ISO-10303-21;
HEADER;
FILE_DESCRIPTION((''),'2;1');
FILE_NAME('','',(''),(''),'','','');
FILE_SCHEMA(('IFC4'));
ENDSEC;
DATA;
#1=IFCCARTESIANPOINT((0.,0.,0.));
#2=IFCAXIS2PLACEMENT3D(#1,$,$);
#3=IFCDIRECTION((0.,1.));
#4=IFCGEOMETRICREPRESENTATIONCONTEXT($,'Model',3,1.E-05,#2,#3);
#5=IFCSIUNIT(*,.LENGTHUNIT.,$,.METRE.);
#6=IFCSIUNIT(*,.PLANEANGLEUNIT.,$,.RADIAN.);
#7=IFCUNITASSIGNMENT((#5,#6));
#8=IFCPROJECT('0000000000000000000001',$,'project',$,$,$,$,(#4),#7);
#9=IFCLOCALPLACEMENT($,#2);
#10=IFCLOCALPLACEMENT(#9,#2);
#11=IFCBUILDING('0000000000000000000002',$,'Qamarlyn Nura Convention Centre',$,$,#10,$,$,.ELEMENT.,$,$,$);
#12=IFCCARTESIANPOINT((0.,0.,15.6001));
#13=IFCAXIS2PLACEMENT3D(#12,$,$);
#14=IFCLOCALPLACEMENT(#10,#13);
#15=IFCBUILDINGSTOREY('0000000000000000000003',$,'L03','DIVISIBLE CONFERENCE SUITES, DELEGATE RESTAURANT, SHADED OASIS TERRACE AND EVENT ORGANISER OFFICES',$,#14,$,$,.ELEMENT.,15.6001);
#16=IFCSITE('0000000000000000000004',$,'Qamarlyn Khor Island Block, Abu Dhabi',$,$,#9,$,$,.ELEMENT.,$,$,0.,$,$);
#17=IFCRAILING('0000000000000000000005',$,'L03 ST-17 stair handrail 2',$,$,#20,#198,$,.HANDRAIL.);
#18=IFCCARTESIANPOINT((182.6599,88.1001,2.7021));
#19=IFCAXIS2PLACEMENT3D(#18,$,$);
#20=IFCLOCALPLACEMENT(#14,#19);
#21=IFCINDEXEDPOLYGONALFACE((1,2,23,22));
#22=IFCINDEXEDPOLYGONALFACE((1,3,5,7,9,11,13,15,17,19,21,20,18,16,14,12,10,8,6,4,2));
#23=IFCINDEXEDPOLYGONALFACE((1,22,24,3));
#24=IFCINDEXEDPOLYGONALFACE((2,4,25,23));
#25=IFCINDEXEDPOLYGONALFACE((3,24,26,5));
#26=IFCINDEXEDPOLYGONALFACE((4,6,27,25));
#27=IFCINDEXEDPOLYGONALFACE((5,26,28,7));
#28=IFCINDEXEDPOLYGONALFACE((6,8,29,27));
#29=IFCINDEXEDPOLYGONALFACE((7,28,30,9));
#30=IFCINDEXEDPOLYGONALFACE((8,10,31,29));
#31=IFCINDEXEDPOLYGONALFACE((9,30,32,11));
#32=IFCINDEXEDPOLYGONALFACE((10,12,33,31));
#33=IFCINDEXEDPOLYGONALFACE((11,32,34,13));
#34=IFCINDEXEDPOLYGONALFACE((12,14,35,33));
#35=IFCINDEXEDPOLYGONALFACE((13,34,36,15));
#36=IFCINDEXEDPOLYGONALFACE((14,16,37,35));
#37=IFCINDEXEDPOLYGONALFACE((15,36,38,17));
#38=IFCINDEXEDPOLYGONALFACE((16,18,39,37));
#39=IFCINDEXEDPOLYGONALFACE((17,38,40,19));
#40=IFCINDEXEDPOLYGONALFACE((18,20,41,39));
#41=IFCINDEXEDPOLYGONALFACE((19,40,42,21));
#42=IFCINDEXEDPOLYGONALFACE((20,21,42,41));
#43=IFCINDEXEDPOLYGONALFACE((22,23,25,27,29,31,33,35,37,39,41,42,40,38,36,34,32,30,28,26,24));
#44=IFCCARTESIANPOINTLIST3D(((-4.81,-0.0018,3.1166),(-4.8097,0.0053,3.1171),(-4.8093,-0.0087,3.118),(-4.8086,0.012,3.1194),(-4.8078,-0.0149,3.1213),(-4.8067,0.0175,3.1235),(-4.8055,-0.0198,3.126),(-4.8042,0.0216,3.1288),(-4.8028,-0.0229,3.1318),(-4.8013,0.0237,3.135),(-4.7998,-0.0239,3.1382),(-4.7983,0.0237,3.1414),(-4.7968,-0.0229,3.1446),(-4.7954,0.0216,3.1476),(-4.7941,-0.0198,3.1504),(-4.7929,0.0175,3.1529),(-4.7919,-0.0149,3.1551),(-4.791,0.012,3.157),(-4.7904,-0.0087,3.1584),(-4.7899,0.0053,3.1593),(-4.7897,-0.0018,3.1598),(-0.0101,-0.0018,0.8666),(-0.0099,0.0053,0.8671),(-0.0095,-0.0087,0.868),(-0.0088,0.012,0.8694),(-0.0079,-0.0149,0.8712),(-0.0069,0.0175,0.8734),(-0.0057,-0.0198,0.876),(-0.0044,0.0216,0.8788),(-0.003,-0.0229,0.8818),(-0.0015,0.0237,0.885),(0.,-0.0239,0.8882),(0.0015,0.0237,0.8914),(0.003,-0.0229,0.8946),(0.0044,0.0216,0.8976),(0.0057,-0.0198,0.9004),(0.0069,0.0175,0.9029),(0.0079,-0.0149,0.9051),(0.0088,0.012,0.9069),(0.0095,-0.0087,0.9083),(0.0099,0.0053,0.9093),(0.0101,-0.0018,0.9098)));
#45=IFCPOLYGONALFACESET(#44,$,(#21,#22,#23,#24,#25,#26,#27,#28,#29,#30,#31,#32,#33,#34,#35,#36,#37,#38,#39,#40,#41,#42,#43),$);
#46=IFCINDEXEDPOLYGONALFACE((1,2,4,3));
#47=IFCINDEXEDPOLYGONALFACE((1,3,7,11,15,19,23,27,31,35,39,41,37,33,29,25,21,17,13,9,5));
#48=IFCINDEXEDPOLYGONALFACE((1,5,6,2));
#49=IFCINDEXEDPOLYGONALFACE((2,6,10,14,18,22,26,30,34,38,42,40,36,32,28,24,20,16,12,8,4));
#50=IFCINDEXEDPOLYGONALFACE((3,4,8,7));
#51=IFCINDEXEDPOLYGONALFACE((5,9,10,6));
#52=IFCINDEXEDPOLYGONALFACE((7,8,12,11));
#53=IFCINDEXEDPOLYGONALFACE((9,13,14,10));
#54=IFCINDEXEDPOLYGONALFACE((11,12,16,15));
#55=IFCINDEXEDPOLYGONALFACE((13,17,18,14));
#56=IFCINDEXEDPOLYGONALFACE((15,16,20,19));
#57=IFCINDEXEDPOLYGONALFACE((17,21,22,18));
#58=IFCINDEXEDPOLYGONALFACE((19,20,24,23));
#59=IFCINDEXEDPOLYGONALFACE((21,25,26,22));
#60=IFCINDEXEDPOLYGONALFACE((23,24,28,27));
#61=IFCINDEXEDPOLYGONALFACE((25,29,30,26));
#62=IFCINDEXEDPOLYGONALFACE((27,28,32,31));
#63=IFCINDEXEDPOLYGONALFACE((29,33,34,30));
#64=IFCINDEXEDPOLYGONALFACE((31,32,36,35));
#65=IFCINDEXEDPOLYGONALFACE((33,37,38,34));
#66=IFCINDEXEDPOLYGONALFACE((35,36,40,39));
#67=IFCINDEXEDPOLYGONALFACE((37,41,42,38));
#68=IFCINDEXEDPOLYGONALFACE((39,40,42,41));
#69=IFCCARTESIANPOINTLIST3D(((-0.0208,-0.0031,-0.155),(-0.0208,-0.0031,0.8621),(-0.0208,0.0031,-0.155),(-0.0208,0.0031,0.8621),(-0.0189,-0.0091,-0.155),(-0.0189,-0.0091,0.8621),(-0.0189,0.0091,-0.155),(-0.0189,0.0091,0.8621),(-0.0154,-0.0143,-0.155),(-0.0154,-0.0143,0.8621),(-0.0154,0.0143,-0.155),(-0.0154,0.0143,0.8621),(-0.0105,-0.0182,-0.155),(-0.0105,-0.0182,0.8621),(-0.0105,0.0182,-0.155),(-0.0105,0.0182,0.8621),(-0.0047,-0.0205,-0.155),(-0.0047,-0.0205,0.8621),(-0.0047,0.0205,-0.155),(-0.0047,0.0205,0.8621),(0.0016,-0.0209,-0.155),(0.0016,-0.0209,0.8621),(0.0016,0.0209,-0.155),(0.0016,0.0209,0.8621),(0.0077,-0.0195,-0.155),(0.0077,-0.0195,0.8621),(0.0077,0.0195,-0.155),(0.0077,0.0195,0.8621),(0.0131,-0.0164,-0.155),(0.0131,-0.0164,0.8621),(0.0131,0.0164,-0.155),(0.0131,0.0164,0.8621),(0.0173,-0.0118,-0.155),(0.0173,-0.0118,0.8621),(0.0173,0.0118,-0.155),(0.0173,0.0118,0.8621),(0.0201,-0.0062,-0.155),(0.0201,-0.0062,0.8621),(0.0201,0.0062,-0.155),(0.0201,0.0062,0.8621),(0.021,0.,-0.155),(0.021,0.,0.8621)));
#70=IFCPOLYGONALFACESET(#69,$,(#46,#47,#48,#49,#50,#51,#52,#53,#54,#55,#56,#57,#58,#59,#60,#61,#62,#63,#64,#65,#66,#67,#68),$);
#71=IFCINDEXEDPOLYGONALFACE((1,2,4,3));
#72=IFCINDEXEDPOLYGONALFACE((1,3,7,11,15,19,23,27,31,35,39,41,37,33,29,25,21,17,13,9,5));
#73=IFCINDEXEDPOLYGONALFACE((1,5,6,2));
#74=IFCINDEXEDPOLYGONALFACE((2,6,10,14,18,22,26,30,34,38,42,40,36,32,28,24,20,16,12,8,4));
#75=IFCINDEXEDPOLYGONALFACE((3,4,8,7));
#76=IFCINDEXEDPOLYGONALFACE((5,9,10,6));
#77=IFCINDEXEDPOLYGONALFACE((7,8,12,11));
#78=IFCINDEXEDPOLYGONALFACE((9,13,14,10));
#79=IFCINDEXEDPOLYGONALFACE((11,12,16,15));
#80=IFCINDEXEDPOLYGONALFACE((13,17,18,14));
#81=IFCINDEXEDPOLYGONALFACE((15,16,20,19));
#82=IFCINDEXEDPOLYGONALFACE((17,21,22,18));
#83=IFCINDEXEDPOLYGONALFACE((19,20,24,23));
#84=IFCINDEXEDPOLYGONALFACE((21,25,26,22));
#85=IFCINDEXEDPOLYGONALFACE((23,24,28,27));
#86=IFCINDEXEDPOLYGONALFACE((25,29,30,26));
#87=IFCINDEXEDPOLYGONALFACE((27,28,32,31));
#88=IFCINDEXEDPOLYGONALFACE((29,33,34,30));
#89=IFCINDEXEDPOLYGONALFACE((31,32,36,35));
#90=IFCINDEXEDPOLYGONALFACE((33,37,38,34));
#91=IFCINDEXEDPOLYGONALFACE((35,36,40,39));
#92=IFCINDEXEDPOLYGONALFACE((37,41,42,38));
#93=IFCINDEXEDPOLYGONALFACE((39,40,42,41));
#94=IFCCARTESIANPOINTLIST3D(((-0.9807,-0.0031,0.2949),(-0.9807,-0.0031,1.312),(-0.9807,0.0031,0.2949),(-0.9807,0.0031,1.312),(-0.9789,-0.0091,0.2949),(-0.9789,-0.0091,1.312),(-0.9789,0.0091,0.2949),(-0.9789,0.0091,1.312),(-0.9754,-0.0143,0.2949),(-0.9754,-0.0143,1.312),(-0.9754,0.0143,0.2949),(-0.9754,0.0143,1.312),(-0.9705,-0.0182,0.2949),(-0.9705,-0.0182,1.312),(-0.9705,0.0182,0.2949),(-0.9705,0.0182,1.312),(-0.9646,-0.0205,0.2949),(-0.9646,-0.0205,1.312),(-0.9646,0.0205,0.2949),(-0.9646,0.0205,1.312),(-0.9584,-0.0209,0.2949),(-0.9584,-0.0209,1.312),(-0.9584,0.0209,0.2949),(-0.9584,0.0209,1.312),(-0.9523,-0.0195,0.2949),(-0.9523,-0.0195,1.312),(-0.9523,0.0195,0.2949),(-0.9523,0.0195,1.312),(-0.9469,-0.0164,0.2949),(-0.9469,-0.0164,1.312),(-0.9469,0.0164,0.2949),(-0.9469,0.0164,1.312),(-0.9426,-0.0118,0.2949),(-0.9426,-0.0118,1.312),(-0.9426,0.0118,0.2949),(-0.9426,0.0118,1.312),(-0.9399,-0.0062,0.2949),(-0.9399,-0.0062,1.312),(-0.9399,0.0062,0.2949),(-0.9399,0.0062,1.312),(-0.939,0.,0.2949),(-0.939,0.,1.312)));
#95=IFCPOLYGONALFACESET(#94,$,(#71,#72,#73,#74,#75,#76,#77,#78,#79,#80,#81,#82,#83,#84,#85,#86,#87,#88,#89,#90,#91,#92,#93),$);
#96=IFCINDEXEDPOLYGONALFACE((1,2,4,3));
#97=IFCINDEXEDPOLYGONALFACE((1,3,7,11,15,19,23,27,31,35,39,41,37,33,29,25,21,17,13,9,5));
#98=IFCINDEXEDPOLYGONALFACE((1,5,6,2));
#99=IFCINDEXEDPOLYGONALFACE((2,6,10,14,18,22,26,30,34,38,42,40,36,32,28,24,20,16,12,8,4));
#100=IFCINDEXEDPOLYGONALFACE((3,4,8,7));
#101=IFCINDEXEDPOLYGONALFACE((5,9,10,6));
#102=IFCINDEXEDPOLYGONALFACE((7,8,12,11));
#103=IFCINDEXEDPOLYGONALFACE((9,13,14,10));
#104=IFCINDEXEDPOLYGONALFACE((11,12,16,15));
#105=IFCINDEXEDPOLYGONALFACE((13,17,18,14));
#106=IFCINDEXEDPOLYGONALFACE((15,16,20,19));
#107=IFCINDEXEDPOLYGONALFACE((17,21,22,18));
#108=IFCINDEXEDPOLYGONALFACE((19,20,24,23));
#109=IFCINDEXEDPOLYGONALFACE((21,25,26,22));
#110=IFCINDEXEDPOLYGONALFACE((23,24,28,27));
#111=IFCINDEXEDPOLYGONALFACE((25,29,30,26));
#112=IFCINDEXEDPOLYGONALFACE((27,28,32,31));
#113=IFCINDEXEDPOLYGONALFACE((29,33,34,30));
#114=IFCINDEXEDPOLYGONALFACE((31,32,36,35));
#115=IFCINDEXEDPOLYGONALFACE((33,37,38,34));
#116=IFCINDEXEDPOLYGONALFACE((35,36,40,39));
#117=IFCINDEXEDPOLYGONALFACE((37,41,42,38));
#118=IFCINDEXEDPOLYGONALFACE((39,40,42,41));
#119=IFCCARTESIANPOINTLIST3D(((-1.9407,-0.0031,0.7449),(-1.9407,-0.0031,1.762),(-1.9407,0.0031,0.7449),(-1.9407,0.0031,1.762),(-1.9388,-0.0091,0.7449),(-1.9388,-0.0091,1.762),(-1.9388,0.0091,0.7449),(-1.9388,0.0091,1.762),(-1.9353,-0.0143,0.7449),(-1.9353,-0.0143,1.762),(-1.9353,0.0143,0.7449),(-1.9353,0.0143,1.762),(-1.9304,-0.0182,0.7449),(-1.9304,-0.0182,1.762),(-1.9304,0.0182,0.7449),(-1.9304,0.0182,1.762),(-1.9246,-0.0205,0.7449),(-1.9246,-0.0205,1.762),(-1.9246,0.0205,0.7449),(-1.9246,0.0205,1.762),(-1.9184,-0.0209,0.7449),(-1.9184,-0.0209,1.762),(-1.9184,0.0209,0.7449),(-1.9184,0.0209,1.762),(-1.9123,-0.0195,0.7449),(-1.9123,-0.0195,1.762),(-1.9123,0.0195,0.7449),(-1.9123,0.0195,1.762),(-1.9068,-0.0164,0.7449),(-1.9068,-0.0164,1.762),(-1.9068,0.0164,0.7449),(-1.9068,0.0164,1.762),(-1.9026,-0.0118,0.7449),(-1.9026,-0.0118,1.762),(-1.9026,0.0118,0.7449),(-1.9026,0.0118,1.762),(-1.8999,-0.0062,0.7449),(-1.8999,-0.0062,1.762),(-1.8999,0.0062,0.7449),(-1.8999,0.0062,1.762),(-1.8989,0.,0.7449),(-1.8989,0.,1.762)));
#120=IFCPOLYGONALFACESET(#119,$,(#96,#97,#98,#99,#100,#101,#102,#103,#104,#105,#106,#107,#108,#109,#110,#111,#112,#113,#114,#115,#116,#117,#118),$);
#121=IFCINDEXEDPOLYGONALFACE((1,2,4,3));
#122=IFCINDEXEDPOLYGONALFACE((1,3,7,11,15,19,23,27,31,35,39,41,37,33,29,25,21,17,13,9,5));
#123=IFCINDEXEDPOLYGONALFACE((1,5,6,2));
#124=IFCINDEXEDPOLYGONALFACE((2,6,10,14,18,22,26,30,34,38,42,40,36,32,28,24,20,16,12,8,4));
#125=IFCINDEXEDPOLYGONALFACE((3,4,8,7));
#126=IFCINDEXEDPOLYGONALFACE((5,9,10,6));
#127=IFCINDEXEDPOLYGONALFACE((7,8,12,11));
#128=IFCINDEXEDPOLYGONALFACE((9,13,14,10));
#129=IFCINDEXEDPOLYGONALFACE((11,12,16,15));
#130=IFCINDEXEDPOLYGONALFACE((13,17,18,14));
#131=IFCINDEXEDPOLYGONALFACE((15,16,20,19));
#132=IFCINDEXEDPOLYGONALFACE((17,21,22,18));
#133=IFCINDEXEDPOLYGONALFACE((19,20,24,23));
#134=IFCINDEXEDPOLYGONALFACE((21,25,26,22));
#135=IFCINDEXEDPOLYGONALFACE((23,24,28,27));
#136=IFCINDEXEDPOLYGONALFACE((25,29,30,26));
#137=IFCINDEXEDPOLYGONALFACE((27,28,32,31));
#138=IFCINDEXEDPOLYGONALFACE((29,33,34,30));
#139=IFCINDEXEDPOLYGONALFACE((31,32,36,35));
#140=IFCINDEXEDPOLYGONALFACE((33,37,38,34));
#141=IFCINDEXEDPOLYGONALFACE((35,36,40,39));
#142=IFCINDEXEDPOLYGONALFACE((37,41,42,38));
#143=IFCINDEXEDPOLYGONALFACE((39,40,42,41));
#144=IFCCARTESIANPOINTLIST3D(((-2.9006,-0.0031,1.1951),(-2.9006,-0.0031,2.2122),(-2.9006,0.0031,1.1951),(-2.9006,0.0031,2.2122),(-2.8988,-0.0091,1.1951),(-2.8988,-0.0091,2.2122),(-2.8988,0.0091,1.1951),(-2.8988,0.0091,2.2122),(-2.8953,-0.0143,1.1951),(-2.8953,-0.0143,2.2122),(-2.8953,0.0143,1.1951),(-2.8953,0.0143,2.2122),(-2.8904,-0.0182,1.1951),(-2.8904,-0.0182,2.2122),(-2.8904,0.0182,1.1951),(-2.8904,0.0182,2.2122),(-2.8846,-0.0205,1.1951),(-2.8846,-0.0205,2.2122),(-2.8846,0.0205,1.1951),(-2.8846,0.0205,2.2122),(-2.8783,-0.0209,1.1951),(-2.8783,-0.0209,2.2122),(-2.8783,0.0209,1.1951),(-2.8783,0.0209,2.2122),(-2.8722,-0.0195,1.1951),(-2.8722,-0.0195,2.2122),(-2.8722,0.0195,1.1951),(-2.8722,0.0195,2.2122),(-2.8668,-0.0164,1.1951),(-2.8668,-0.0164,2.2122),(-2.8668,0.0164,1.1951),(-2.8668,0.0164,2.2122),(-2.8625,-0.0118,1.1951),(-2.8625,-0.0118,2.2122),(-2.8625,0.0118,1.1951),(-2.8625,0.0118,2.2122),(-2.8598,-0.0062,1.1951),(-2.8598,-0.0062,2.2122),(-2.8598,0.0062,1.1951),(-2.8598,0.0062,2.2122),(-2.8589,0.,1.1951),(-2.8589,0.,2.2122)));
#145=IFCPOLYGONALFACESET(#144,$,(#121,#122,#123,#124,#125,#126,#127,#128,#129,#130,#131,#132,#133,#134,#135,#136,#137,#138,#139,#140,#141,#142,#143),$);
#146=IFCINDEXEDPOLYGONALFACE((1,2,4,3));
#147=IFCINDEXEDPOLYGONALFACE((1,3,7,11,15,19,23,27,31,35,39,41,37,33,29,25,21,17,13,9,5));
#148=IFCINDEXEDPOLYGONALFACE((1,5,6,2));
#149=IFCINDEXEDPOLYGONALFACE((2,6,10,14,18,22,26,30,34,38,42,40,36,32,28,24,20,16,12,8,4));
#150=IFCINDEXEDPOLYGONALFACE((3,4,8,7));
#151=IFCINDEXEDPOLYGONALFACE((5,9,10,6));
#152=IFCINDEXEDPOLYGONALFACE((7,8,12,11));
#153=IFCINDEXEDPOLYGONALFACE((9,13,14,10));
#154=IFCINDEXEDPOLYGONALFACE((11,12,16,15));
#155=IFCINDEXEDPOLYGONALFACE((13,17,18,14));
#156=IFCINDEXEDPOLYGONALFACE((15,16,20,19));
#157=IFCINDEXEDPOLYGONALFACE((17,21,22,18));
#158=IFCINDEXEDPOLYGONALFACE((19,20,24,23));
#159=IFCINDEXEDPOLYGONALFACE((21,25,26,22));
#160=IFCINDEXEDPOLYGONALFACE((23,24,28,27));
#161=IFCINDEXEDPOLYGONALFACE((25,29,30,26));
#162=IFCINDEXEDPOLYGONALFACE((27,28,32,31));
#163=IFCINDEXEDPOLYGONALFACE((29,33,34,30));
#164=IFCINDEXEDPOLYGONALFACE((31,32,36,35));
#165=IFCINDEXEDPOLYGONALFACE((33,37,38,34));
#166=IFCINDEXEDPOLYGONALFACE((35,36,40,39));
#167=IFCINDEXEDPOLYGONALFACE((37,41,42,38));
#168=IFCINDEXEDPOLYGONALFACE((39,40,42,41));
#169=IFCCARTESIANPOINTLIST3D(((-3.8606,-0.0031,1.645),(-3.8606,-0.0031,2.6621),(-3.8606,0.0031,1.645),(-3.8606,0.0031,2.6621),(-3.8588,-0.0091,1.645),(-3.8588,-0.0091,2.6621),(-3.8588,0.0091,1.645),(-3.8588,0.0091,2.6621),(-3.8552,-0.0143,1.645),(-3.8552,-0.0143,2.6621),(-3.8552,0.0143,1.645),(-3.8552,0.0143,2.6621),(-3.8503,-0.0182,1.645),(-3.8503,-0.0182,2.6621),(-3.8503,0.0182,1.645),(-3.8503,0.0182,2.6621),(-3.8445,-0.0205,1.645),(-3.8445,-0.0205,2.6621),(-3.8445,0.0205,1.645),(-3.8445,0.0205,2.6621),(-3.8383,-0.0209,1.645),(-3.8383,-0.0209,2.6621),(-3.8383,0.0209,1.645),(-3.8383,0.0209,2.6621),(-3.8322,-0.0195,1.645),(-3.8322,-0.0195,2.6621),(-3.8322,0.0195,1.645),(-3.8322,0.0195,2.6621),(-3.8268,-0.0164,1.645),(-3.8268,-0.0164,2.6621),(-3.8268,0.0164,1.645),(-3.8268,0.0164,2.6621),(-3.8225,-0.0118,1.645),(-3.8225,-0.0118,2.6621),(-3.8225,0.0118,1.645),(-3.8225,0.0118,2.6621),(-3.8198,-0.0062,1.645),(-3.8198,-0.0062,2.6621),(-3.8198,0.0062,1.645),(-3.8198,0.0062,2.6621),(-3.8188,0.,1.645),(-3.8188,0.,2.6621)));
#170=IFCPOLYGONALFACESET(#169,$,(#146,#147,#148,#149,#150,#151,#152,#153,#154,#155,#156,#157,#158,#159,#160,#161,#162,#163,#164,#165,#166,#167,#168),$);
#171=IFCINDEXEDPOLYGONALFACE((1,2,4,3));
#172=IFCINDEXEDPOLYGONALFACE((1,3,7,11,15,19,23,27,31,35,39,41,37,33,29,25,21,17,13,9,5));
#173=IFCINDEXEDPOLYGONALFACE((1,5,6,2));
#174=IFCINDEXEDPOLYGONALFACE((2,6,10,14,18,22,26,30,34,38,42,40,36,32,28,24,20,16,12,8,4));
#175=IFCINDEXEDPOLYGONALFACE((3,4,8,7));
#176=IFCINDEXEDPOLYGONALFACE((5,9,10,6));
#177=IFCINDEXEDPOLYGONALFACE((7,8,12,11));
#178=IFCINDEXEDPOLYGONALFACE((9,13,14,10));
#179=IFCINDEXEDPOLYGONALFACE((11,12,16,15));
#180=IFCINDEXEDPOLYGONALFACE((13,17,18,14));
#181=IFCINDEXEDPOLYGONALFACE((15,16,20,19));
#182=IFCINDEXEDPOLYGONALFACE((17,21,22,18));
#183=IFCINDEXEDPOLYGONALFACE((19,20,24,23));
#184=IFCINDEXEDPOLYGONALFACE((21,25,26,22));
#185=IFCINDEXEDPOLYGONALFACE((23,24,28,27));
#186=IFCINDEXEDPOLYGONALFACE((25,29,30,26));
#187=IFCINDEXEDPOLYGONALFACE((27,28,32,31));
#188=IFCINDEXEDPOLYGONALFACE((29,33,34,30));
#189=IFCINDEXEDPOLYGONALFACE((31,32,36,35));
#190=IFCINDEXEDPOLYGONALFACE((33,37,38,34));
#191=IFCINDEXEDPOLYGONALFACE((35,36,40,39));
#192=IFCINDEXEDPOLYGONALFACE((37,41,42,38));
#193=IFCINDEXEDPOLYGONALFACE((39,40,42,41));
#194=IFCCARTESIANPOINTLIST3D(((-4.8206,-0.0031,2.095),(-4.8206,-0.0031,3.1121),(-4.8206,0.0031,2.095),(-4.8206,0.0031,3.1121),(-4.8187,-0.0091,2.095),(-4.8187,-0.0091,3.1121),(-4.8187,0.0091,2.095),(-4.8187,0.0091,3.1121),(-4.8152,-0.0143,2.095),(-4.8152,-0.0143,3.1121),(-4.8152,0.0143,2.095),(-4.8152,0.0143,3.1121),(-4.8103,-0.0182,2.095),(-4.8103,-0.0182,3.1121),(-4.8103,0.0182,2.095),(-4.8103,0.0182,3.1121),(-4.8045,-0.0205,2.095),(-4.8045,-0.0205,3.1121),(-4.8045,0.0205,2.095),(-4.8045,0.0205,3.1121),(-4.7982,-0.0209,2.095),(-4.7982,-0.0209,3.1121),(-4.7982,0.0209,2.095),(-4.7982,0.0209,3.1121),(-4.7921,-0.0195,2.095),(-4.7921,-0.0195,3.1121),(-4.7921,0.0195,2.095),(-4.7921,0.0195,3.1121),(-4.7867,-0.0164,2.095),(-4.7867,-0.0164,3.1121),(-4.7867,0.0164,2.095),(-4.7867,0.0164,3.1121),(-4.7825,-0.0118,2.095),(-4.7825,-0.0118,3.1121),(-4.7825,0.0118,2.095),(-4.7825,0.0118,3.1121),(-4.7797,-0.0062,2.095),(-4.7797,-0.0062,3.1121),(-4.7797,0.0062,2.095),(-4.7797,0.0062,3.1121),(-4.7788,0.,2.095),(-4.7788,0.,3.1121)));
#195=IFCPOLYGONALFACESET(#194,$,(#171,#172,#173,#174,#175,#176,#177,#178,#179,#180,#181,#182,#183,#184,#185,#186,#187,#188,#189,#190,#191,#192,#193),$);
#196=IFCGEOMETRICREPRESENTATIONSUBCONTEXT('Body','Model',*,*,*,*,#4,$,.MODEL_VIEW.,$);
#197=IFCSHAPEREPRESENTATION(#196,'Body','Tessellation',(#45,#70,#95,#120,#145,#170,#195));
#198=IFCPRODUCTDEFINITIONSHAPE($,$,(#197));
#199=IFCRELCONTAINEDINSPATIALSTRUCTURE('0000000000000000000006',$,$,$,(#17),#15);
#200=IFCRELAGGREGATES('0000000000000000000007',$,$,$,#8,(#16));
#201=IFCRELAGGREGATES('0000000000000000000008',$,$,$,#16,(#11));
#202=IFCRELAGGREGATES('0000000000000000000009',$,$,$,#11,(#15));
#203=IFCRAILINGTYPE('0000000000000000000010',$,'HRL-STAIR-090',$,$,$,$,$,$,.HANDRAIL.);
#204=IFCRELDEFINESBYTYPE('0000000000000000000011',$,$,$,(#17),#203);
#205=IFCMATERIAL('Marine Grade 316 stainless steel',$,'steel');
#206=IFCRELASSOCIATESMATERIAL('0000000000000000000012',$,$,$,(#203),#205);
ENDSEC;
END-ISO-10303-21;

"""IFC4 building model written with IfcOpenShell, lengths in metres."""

from ifc_helpers import new_model, si_unit, direction, frame, origin, origin_2d, place, context, subcontext, project, spatial, circle, extrude, material, type_object, element, save


model = new_model("IFC4")

# Units and contexts
model_context = context("Model", 3, precision=1e-05, world=origin(), true_north=direction((0.0, 1.0)))
body_context = subcontext(model_context, "Body", "Model", "MODEL_VIEW")
ifc_project = project(units=[si_unit("LENGTHUNIT", "METRE"), si_unit("PLANEANGLEUNIT", "RADIAN")], contexts=[model_context])

# Site, building, storey
site_placement = place(None, origin())
site = spatial("IfcSite", under=ifc_project, at=site_placement, Name="Qamarlyn Khor Island Block, Abu Dhabi", CompositionType="ELEMENT", RefElevation=0.0)
building_placement = place(site_placement, origin())
building = spatial("IfcBuilding", under=site, at=building_placement, Name="Qamarlyn Nura Convention Centre", CompositionType="ELEMENT")
storey_placement = place(building_placement, frame((0.0, 0.0, 15.6001)))
storey = spatial("IfcBuildingStorey", under=building, at=storey_placement, Name="L03", Description="DIVISIBLE CONFERENCE SUITES, DELEGATE RESTAURANT, SHADED OASIS TERRACE AND EVENT ORGANISER OFFICES", CompositionType="ELEMENT", Elevation=15.6001)

# Railing
ifc_material_1 = material(Name="Marine Grade 316 stainless steel", Category="steel")
railing_type_1 = type_object("IfcRailingType", Name="HRL-STAIR-090", PredefinedType="HANDRAIL", material=ifc_material_1)
railing_1_placement = place(storey_placement, frame((182.6599, 88.1001, 2.7021)))
element("IfcRailing", 1, at=railing_1_placement, inside=storey, type_object=railing_type_1, Name="L03 ST-17 stair handrail 2", PredefinedType="HANDRAIL", context=body_context, shape_type="SweptSolid", body=[
    extrude(circle(Radius=0.0239, at=origin_2d()), frame((0.0, 0.0, 0.8882), z_axis=(-0.905452, 0.0, 0.424448), x_axis=(0.0, -1.0, 0.0)), (0.0, 0.0, 1.0), 5.301),
    extrude(circle(Radius=0.021, at=origin_2d()), frame((0.0, 0.0, -0.155)), (0.0, 0.0, 1.0), 1.0171),
    extrude(circle(Radius=0.021, at=origin_2d()), frame((-0.96, 0.0, 0.2949)), (0.0, 0.0, 1.0), 1.0171),
    extrude(circle(Radius=0.021, at=origin_2d()), frame((-1.9199, 0.0, 0.7449)), (0.0, 0.0, 1.0), 1.0171),
    extrude(circle(Radius=0.021, at=origin_2d()), frame((-2.8799, 0.0, 1.1951)), (0.0, 0.0, 1.0), 1.0171),
    extrude(circle(Radius=0.021, at=origin_2d()), frame((-3.8398, 0.0, 1.645)), (0.0, 0.0, 1.0), 1.0171),
    extrude(circle(Radius=0.021, at=origin_2d()), frame((-4.7998, 0.0, 2.095)), (0.0, 0.0, 1.0), 1.0171),
])

save(model, "model.ifc")
